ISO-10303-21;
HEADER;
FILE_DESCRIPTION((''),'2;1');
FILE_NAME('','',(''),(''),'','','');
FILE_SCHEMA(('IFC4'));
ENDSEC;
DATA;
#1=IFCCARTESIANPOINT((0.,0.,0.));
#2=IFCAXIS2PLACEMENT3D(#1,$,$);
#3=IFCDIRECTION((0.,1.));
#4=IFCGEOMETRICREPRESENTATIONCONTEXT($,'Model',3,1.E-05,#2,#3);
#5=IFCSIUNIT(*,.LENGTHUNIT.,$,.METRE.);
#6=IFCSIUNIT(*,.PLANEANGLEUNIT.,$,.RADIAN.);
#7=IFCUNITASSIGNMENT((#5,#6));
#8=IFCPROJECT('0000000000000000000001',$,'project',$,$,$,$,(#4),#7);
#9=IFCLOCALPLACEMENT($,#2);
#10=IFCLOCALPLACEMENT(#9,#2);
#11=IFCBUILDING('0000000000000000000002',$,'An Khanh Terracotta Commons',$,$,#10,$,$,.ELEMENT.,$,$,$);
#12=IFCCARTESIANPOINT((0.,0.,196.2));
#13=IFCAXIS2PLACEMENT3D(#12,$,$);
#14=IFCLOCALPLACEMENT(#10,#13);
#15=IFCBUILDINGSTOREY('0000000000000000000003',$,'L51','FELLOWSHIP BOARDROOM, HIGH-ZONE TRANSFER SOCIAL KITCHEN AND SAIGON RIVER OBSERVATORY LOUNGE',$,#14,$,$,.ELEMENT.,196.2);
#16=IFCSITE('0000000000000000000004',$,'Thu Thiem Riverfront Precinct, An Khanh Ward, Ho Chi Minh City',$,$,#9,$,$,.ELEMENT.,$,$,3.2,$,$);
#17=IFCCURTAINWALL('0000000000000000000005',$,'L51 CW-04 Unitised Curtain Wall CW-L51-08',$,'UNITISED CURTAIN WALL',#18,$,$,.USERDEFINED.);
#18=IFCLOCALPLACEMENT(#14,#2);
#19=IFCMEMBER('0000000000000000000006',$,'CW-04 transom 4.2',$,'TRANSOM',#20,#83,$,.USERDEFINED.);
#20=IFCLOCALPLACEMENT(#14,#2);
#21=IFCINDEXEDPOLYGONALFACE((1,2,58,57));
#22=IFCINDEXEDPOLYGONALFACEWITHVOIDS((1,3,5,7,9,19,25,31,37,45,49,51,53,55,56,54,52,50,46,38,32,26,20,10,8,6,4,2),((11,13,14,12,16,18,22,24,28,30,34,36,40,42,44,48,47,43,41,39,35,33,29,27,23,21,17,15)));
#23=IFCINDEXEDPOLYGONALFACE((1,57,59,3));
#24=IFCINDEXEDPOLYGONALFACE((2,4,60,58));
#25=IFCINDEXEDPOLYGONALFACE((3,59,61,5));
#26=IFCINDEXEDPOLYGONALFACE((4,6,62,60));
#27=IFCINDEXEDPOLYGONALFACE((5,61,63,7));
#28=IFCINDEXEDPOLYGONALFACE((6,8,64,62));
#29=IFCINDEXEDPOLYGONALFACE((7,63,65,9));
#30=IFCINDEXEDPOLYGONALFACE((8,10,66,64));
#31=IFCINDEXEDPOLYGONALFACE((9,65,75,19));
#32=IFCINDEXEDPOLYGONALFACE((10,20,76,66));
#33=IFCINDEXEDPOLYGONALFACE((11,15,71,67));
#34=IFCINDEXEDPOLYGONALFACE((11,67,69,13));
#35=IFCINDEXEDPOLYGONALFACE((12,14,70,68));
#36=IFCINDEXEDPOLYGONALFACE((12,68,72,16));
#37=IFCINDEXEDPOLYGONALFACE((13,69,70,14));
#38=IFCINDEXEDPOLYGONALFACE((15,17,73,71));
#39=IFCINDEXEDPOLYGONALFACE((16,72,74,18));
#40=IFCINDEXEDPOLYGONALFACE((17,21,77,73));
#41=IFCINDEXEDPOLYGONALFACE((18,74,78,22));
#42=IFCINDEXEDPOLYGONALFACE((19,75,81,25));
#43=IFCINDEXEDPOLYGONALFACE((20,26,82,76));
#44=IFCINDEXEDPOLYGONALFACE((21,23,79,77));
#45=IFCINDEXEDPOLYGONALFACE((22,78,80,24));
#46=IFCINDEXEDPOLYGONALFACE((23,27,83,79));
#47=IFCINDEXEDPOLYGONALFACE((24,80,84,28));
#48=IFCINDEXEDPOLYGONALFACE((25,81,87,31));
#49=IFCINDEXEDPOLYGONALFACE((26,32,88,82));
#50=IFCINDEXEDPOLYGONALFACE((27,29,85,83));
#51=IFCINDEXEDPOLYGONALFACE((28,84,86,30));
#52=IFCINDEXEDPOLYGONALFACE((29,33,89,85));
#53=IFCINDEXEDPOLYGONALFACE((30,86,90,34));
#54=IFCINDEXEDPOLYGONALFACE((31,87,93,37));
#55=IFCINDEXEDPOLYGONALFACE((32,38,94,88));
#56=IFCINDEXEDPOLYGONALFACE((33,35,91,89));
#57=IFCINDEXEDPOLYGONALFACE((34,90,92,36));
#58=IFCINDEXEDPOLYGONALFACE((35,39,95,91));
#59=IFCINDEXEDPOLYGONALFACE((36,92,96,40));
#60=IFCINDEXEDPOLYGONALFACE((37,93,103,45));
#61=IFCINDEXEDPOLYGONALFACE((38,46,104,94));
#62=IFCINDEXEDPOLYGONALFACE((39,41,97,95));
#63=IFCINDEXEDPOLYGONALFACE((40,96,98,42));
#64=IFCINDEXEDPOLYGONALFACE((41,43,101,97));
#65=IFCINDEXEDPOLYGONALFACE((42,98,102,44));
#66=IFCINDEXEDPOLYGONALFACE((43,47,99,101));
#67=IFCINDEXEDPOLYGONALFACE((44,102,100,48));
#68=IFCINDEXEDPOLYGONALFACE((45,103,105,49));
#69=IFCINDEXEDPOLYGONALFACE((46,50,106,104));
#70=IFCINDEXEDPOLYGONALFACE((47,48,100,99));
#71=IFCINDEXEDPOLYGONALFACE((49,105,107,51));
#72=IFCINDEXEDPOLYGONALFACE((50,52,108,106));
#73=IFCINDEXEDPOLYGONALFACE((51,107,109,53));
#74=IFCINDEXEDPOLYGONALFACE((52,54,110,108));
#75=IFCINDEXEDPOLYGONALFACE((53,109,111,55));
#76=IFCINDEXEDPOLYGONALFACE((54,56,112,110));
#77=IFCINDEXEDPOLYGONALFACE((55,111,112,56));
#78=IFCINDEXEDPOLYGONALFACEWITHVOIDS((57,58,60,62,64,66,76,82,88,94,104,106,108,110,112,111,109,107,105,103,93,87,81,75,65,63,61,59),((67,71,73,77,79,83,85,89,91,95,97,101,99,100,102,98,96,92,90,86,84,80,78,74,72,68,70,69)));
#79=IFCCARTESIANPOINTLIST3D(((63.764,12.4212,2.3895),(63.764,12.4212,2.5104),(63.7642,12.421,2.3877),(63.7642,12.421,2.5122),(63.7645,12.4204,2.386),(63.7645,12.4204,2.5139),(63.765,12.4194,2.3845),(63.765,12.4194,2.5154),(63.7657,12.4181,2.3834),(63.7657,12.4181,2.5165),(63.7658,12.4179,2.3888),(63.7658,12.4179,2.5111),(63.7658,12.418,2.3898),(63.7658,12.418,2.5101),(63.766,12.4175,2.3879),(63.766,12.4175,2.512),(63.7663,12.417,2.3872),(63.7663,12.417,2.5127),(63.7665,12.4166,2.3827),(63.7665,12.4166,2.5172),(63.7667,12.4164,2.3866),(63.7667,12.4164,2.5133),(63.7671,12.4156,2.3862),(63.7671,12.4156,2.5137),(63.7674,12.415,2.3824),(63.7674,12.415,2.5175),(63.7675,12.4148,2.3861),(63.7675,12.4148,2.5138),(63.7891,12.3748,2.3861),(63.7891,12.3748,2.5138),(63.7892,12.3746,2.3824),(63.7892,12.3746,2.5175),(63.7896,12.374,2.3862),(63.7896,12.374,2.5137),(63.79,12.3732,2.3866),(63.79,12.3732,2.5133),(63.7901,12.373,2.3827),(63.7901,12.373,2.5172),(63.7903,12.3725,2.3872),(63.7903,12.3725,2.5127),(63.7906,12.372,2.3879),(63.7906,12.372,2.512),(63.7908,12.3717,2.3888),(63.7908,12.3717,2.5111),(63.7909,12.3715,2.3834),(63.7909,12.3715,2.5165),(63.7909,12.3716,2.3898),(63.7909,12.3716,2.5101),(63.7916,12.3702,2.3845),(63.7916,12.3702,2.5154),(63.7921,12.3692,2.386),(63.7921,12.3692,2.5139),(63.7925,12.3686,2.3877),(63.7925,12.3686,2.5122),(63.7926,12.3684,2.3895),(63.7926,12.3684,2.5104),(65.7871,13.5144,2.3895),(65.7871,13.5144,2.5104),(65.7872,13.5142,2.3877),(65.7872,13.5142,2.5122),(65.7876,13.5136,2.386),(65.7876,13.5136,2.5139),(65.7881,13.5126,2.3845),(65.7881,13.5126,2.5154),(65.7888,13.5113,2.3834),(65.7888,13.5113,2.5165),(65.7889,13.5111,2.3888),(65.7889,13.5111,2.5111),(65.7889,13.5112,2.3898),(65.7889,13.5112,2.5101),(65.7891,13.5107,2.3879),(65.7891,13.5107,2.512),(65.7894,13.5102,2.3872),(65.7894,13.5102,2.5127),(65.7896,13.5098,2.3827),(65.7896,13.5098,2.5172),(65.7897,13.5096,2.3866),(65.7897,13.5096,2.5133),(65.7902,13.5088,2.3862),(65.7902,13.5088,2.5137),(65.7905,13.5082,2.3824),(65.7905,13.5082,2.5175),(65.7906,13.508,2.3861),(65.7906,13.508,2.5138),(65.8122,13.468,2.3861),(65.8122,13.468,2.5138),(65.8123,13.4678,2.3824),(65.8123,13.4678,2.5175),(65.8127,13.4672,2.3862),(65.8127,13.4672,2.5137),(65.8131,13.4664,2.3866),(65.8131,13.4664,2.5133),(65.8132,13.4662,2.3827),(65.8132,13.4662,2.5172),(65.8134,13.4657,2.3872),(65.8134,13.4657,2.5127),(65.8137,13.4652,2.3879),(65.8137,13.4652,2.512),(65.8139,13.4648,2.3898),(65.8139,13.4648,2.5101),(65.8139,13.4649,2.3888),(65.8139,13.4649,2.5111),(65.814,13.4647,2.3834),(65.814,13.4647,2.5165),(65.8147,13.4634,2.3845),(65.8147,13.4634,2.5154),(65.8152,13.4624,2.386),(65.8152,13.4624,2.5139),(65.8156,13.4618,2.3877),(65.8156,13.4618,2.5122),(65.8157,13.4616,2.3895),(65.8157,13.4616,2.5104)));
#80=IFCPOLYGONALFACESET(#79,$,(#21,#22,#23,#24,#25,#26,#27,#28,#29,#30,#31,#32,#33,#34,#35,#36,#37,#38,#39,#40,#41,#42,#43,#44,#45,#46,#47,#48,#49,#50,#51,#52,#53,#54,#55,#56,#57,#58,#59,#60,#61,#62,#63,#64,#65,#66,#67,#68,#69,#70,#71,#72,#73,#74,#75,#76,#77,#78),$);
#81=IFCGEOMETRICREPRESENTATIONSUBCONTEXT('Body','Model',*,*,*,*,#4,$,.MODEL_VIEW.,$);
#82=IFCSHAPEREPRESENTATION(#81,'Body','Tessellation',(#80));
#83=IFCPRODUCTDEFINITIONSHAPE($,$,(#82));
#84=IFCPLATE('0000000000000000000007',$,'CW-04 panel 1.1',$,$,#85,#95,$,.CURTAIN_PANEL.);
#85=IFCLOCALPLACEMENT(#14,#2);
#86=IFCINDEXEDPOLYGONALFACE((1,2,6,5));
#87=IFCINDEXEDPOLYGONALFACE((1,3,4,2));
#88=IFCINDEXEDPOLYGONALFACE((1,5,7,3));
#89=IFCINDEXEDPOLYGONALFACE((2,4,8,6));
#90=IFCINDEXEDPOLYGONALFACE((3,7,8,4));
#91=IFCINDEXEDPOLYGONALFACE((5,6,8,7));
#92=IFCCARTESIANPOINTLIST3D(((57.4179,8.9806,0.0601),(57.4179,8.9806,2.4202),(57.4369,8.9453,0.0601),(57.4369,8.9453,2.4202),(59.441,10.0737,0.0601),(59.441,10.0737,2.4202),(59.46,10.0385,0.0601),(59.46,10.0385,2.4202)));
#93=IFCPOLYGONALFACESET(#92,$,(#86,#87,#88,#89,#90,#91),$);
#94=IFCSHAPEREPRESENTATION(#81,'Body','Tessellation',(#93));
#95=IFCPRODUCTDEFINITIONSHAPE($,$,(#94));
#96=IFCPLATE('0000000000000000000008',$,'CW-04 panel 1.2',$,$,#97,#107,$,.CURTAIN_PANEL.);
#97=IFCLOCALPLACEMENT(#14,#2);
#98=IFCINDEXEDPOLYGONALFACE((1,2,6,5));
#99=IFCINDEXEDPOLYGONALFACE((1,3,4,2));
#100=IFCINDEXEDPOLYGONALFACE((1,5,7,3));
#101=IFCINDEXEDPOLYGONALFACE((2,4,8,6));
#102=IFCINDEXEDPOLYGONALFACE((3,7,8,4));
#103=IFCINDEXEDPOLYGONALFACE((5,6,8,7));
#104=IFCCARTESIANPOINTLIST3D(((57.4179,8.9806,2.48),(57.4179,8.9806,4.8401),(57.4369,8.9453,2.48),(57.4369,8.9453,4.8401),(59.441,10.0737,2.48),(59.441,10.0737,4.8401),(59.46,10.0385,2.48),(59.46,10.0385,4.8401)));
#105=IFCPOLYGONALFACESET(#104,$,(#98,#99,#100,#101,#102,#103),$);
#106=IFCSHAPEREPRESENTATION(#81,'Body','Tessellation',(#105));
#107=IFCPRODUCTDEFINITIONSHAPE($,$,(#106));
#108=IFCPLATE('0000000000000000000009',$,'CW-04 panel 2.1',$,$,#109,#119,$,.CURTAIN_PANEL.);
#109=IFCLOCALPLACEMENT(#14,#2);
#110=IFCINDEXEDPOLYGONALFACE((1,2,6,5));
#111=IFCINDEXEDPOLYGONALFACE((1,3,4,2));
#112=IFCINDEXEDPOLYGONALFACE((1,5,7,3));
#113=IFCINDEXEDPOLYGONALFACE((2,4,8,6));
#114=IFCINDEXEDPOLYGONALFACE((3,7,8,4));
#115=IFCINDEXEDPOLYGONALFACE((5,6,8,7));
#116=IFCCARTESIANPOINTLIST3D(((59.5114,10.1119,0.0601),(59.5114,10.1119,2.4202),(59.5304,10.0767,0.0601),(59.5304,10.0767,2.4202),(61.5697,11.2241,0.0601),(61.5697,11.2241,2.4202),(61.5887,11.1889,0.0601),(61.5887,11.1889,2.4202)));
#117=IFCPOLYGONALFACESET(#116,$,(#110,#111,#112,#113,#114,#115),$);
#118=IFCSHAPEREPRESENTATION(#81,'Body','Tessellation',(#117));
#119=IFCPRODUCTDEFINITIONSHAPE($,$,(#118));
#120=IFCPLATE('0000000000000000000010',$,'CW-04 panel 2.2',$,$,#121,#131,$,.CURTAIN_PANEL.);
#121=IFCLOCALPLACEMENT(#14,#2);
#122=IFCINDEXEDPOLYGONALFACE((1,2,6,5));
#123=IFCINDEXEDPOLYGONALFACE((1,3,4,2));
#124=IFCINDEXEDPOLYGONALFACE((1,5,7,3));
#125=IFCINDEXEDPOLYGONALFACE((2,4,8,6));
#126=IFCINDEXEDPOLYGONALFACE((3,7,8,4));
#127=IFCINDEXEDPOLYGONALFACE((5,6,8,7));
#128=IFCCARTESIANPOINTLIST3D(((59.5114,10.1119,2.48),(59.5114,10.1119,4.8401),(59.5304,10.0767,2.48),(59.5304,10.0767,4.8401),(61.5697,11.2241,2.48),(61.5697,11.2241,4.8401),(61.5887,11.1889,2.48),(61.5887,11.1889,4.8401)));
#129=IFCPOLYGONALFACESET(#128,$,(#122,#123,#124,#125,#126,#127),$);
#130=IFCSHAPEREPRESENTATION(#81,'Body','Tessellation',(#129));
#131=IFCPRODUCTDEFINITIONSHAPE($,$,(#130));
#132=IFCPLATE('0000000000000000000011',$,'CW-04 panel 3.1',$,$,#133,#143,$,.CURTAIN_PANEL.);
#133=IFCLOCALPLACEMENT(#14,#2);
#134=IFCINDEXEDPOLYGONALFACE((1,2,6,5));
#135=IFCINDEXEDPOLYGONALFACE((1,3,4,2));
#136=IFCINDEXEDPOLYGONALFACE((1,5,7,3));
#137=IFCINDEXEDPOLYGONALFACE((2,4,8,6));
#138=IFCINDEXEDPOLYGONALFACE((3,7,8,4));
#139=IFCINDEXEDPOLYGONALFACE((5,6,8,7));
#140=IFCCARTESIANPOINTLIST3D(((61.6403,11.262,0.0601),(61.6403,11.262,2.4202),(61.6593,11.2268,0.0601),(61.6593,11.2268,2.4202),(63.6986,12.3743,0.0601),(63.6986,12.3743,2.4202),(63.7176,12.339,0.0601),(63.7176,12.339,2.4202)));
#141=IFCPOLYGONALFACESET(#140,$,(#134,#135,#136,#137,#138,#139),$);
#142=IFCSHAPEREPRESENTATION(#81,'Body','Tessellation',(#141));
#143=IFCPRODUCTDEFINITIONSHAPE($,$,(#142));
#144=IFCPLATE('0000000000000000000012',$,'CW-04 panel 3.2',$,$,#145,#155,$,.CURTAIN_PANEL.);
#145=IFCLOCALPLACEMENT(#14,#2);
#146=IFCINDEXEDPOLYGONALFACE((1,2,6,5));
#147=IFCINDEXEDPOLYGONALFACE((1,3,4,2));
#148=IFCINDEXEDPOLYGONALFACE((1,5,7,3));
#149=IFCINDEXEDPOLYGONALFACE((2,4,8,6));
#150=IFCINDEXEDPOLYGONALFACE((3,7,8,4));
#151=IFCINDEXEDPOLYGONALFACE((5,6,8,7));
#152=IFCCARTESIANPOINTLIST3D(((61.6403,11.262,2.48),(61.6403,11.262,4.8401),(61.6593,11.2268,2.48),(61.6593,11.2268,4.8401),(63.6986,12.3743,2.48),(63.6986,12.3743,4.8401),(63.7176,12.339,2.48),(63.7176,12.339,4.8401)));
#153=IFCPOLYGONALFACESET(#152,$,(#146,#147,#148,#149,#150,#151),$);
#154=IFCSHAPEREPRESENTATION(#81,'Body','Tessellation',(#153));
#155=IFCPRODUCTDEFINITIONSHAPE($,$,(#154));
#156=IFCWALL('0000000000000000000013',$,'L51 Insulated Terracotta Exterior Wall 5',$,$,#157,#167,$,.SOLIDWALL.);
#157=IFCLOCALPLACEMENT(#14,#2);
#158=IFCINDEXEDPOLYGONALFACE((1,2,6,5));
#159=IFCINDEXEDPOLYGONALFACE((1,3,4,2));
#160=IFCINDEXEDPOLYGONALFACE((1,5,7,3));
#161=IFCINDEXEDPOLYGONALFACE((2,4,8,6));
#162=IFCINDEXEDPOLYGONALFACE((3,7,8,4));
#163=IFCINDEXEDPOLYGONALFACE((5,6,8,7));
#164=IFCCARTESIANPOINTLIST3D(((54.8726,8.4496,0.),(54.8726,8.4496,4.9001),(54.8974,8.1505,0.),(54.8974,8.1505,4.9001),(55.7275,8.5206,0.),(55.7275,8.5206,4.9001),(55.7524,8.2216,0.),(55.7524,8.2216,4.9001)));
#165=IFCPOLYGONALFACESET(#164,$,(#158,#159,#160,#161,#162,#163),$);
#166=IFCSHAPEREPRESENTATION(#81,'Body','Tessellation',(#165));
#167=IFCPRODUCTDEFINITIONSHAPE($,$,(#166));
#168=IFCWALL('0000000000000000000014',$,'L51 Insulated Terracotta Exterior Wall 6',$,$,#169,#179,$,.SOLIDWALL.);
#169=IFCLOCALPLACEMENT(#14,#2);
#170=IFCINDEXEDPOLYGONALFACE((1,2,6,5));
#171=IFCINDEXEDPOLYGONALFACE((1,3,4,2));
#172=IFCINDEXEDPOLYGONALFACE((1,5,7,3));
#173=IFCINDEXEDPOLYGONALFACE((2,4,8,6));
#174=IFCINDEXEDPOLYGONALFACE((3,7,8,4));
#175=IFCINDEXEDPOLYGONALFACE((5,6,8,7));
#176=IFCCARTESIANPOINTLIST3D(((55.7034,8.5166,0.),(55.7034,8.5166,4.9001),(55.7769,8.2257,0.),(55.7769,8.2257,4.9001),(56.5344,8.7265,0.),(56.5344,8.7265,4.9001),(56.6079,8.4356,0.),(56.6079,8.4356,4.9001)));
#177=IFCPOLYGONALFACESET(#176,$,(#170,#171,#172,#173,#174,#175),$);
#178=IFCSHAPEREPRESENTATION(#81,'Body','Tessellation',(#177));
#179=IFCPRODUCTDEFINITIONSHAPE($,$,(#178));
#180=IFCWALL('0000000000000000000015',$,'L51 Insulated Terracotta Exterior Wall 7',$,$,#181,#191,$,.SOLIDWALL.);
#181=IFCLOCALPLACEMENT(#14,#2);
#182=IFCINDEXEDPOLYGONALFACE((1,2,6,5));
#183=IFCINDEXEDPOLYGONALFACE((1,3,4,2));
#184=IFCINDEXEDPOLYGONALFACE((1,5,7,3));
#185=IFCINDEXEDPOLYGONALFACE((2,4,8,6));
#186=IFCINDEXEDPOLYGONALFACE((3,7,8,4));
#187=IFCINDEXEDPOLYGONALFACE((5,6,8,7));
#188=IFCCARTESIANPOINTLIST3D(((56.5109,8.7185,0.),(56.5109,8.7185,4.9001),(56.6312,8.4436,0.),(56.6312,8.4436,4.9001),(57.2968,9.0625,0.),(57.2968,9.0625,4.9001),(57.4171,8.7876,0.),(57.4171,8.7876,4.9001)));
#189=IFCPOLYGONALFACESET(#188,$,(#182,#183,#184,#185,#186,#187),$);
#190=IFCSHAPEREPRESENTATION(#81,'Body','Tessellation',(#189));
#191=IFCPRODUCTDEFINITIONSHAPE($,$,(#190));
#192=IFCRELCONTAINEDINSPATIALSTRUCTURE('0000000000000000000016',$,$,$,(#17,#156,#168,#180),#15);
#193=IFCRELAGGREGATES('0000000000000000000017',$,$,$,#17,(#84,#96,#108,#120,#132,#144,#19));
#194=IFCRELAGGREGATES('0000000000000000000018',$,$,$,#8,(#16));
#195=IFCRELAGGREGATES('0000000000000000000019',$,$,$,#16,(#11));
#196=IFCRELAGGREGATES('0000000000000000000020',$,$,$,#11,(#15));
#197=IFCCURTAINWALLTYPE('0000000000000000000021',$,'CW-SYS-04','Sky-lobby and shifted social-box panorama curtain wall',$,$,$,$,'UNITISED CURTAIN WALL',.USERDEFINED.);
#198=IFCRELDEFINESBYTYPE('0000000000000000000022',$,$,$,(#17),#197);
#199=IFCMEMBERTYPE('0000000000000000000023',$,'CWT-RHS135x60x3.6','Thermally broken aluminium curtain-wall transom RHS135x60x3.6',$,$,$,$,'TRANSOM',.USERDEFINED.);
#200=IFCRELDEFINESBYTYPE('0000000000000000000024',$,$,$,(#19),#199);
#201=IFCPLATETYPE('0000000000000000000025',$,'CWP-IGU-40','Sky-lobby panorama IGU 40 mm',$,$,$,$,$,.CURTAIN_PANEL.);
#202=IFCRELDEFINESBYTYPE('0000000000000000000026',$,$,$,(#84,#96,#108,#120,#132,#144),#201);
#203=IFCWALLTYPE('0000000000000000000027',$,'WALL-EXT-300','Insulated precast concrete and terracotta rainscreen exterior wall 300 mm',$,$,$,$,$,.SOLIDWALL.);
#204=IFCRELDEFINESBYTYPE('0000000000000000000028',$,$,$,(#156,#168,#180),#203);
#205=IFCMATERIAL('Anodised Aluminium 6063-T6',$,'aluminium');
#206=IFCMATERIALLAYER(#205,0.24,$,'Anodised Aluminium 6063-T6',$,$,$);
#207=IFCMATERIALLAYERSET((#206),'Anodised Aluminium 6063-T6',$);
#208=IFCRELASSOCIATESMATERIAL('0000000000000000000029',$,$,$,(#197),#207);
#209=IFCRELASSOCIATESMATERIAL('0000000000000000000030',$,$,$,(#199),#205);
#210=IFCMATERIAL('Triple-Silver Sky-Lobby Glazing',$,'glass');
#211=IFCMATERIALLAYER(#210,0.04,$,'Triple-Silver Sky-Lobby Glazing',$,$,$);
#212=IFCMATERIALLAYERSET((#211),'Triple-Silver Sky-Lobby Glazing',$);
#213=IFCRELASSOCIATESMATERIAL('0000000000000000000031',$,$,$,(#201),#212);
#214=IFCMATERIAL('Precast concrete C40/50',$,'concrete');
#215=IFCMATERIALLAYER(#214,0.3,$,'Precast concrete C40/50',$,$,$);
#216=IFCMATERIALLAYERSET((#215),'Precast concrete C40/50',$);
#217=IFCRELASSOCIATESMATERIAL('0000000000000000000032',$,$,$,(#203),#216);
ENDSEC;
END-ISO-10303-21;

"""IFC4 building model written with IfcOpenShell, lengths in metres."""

from ifc_helpers import new_model, si_unit, direction, frame, frame_2d, origin, origin_2d, place, context, subcontext, project, spatial, rectangle, hollow_rectangle, extrude, material, layer, layer_set, material_profile, profile_set, type_object, element, aggregate, save


model = new_model("IFC4")

# Units and contexts
model_context = context("Model", 3, precision=1e-05, world=origin(), true_north=direction((0.0, 1.0)))
body_context = subcontext(model_context, "Body", "Model", "MODEL_VIEW")
ifc_project = project(units=[si_unit("LENGTHUNIT", "METRE"), si_unit("PLANEANGLEUNIT", "RADIAN")], contexts=[model_context])

# Site, building, storey
site_placement = place(None, origin())
site = spatial("IfcSite", under=ifc_project, at=site_placement, Name="Thu Thiem Riverfront Precinct, An Khanh Ward, Ho Chi Minh City", CompositionType="ELEMENT", RefElevation=3.2)
building_placement = place(site_placement, origin())
building = spatial("IfcBuilding", under=site, at=building_placement, Name="An Khanh Terracotta Commons", CompositionType="ELEMENT")
storey_placement = place(building_placement, frame((0.0, 0.0, 196.2)))
storey = spatial("IfcBuildingStorey", under=building, at=storey_placement, Name="L51", Description="FELLOWSHIP BOARDROOM, HIGH-ZONE TRANSFER SOCIAL KITCHEN AND SAIGON RIVER OBSERVATORY LOUNGE", CompositionType="ELEMENT", Elevation=196.2)

# Curtain wall, member, plates
ifc_material_1 = material(Name="Anodised Aluminium 6063-T6", Category="aluminium")
ifc_layer_1 = layer(ifc_material_1, 0.24, Name="Anodised Aluminium 6063-T6")
ifc_layer_set_1 = layer_set([ifc_layer_1], Name="Anodised Aluminium 6063-T6")
curtain_wall_type = type_object("IfcCurtainWallType", Name="CW-SYS-04", Description="Sky-lobby and shifted social-box panorama curtain wall", ElementType="UNITISED CURTAIN WALL", PredefinedType="USERDEFINED", material=ifc_layer_set_1)
curtain_wall_placement = place(storey_placement, origin())
curtain_wall = element("IfcCurtainWall", 1, at=curtain_wall_placement, inside=storey, type_object=curtain_wall_type, Name="L51 CW-04 Unitised Curtain Wall CW-L51-08", ObjectType="UNITISED CURTAIN WALL", PredefinedType="USERDEFINED")
ifc_material_profile_1 = material_profile(ifc_material_1, hollow_rectangle(XDim=0.0601, YDim=0.135, WallThickness=0.0037, InnerFilletRadius=0.0037, OuterFilletRadius=0.0071, at=origin_2d()), Name="RHS135x60x3.6")
ifc_profile_set_1 = profile_set([ifc_material_profile_1], Name="Anodised Aluminium 6063-T6")
member_type_1 = type_object("IfcMemberType", Name="CWT-RHS135x60x3.6", Description="Thermally broken aluminium curtain-wall transom RHS135x60x3.6", ElementType="TRANSOM", PredefinedType="USERDEFINED", material=ifc_profile_set_1)
member_1_placement = place(storey_placement, frame((63.7783, 12.3948, 2.45), z_axis=(0.879771, 0.475397, 0.0), x_axis=(-0.475397, 0.879771, 0.0)))
member_1 = element("IfcMember", 2, at=member_1_placement, type_object=member_type_1, Name="CW-04 transom 4.2", ObjectType="TRANSOM", PredefinedType="USERDEFINED", context=body_context, shape_type="SweptSolid", body=[
    extrude(hollow_rectangle(XDim=0.0601, YDim=0.135, WallThickness=0.0037, InnerFilletRadius=0.0037, OuterFilletRadius=0.0071, at=origin_2d()), origin(), (0.0, 0.0, 1.0), 2.2996),
])
ifc_material_2 = material(Name="Triple-Silver Sky-Lobby Glazing", Category="glass")
ifc_layer_2 = layer(ifc_material_2, 0.04, Name="Triple-Silver Sky-Lobby Glazing")
ifc_layer_set_2 = layer_set([ifc_layer_2], Name="Triple-Silver Sky-Lobby Glazing")
plate_type = type_object("IfcPlateType", Name="CWP-IGU-40", Description="Sky-lobby panorama IGU 40 mm", PredefinedType="CURTAIN_PANEL", material=ifc_layer_set_2)
plate_1_placement = place(storey_placement, frame((58.439, 9.5095, 0.0601), z_axis=(0.0, 0.0, 1.0), x_axis=(0.87978, 0.475381, 0.0)))
plate_1 = element("IfcPlate", 3, at=plate_1_placement, type_object=plate_type, Name="CW-04 panel 1.1", PredefinedType="CURTAIN_PANEL", context=body_context, shape_type="SweptSolid", body=[
    extrude(rectangle(XDim=2.2996, YDim=0.04, at=origin_2d()), origin(), (0.0, 0.0, 1.0), 2.3601),
])
plate_2_placement = place(storey_placement, frame((58.439, 9.5095, 2.48), z_axis=(0.0, 0.0, 1.0), x_axis=(0.87978, 0.475381, 0.0)))
plate_2 = element("IfcPlate", 4, at=plate_2_placement, type_object=plate_type, Name="CW-04 panel 1.2", PredefinedType="CURTAIN_PANEL", context=body_context, shape_type="SweptSolid", body=[
    extrude(rectangle(XDim=2.2996, YDim=0.04, at=origin_2d()), origin(), (0.0, 0.0, 1.0), 2.3601),
])
plate_3_placement = place(storey_placement, frame((60.55, 10.6504, 0.0601), z_axis=(0.0, 0.0, 1.0), x_axis=(0.87978, 0.475381, 0.0)))
plate_3 = element("IfcPlate", 5, at=plate_3_placement, type_object=plate_type, Name="CW-04 panel 2.1", PredefinedType="CURTAIN_PANEL", context=body_context, shape_type="SweptSolid", body=[
    extrude(rectangle(XDim=2.3396, YDim=0.04, at=origin_2d()), origin(), (0.0, 0.0, 1.0), 2.3601),
])
plate_4_placement = place(storey_placement, frame((60.55, 10.6504, 2.48), z_axis=(0.0, 0.0, 1.0), x_axis=(0.87978, 0.475381, 0.0)))
plate_4 = element("IfcPlate", 6, at=plate_4_placement, type_object=plate_type, Name="CW-04 panel 2.2", PredefinedType="CURTAIN_PANEL", context=body_context, shape_type="SweptSolid", body=[
    extrude(rectangle(XDim=2.3396, YDim=0.04, at=origin_2d()), origin(), (0.0, 0.0, 1.0), 2.3601),
])
plate_5_placement = place(storey_placement, frame((62.679, 11.8005, 0.0601), z_axis=(0.0, 0.0, 1.0), x_axis=(0.87978, 0.475381, 0.0)))
plate_5 = element("IfcPlate", 7, at=plate_5_placement, type_object=plate_type, Name="CW-04 panel 3.1", PredefinedType="CURTAIN_PANEL", context=body_context, shape_type="SweptSolid", body=[
    extrude(rectangle(XDim=2.3396, YDim=0.04, at=origin_2d()), origin(), (0.0, 0.0, 1.0), 2.3601),
])
plate_6_placement = place(storey_placement, frame((62.679, 11.8005, 2.48), z_axis=(0.0, 0.0, 1.0), x_axis=(0.87978, 0.475381, 0.0)))
plate_6 = element("IfcPlate", 8, at=plate_6_placement, type_object=plate_type, Name="CW-04 panel 3.2", PredefinedType="CURTAIN_PANEL", context=body_context, shape_type="SweptSolid", body=[
    extrude(rectangle(XDim=2.3396, YDim=0.04, at=origin_2d()), origin(), (0.0, 0.0, 1.0), 2.3601),
])
aggregate(curtain_wall, [plate_1, plate_2, plate_3, plate_4, plate_5, plate_6, member_1])

# Walls
ifc_material_3 = material(Name="Precast concrete C40/50", Category="concrete")
ifc_layer_3 = layer(ifc_material_3, 0.3, Name="Precast concrete C40/50")
ifc_layer_set_3 = layer_set([ifc_layer_3], Name="Precast concrete C40/50")
wall_type = type_object("IfcWallType", Name="WALL-EXT-300", Description="Insulated precast concrete and terracotta rainscreen exterior wall 300 mm", PredefinedType="SOLIDWALL", material=ifc_layer_set_3)
wall_1_placement = place(storey_placement, frame((54.885, 8.3, 0.0), z_axis=(0.0, 0.0, 1.0), x_axis=(0.996565, 0.08281, 0.0)))
element("IfcWall", 9, at=wall_1_placement, inside=storey, type_object=wall_type, Name="L51 Insulated Terracotta Exterior Wall 5", PredefinedType="SOLIDWALL", context=body_context, shape_type="SweptSolid", body=[
    extrude(rectangle(XDim=0.8579, YDim=0.3, at=frame_2d((0.429, 0.0))), origin(), (0.0, 0.0, 1.0), 4.9001),
])
wall_2_placement = place(storey_placement, frame((55.74, 8.3711, 0.0), z_axis=(0.0, 0.0, 1.0), x_axis=(0.969536, 0.244947, 0.0)))
element("IfcWall", 10, at=wall_2_placement, inside=storey, type_object=wall_type, Name="L51 Insulated Terracotta Exterior Wall 6", PredefinedType="SOLIDWALL", context=body_context, shape_type="SweptSolid", body=[
    extrude(rectangle(XDim=0.8572, YDim=0.3, at=frame_2d((0.4287, 0.0))), origin(), (0.0, 0.0, 1.0), 4.9001),
])
wall_3_placement = place(storey_placement, frame((56.571, 8.5811, 0.0), z_axis=(0.0, 0.0, 1.0), x_axis=(0.916085, 0.400983, 0.0)))
element("IfcWall", 11, at=wall_3_placement, inside=storey, type_object=wall_type, Name="L51 Insulated Terracotta Exterior Wall 7", PredefinedType="SOLIDWALL", context=body_context, shape_type="SweptSolid", body=[
    extrude(rectangle(XDim=0.8579, YDim=0.3, at=frame_2d((0.429, 0.0))), origin(), (0.0, 0.0, 1.0), 4.9001),
])

save(model, "model.ifc")
